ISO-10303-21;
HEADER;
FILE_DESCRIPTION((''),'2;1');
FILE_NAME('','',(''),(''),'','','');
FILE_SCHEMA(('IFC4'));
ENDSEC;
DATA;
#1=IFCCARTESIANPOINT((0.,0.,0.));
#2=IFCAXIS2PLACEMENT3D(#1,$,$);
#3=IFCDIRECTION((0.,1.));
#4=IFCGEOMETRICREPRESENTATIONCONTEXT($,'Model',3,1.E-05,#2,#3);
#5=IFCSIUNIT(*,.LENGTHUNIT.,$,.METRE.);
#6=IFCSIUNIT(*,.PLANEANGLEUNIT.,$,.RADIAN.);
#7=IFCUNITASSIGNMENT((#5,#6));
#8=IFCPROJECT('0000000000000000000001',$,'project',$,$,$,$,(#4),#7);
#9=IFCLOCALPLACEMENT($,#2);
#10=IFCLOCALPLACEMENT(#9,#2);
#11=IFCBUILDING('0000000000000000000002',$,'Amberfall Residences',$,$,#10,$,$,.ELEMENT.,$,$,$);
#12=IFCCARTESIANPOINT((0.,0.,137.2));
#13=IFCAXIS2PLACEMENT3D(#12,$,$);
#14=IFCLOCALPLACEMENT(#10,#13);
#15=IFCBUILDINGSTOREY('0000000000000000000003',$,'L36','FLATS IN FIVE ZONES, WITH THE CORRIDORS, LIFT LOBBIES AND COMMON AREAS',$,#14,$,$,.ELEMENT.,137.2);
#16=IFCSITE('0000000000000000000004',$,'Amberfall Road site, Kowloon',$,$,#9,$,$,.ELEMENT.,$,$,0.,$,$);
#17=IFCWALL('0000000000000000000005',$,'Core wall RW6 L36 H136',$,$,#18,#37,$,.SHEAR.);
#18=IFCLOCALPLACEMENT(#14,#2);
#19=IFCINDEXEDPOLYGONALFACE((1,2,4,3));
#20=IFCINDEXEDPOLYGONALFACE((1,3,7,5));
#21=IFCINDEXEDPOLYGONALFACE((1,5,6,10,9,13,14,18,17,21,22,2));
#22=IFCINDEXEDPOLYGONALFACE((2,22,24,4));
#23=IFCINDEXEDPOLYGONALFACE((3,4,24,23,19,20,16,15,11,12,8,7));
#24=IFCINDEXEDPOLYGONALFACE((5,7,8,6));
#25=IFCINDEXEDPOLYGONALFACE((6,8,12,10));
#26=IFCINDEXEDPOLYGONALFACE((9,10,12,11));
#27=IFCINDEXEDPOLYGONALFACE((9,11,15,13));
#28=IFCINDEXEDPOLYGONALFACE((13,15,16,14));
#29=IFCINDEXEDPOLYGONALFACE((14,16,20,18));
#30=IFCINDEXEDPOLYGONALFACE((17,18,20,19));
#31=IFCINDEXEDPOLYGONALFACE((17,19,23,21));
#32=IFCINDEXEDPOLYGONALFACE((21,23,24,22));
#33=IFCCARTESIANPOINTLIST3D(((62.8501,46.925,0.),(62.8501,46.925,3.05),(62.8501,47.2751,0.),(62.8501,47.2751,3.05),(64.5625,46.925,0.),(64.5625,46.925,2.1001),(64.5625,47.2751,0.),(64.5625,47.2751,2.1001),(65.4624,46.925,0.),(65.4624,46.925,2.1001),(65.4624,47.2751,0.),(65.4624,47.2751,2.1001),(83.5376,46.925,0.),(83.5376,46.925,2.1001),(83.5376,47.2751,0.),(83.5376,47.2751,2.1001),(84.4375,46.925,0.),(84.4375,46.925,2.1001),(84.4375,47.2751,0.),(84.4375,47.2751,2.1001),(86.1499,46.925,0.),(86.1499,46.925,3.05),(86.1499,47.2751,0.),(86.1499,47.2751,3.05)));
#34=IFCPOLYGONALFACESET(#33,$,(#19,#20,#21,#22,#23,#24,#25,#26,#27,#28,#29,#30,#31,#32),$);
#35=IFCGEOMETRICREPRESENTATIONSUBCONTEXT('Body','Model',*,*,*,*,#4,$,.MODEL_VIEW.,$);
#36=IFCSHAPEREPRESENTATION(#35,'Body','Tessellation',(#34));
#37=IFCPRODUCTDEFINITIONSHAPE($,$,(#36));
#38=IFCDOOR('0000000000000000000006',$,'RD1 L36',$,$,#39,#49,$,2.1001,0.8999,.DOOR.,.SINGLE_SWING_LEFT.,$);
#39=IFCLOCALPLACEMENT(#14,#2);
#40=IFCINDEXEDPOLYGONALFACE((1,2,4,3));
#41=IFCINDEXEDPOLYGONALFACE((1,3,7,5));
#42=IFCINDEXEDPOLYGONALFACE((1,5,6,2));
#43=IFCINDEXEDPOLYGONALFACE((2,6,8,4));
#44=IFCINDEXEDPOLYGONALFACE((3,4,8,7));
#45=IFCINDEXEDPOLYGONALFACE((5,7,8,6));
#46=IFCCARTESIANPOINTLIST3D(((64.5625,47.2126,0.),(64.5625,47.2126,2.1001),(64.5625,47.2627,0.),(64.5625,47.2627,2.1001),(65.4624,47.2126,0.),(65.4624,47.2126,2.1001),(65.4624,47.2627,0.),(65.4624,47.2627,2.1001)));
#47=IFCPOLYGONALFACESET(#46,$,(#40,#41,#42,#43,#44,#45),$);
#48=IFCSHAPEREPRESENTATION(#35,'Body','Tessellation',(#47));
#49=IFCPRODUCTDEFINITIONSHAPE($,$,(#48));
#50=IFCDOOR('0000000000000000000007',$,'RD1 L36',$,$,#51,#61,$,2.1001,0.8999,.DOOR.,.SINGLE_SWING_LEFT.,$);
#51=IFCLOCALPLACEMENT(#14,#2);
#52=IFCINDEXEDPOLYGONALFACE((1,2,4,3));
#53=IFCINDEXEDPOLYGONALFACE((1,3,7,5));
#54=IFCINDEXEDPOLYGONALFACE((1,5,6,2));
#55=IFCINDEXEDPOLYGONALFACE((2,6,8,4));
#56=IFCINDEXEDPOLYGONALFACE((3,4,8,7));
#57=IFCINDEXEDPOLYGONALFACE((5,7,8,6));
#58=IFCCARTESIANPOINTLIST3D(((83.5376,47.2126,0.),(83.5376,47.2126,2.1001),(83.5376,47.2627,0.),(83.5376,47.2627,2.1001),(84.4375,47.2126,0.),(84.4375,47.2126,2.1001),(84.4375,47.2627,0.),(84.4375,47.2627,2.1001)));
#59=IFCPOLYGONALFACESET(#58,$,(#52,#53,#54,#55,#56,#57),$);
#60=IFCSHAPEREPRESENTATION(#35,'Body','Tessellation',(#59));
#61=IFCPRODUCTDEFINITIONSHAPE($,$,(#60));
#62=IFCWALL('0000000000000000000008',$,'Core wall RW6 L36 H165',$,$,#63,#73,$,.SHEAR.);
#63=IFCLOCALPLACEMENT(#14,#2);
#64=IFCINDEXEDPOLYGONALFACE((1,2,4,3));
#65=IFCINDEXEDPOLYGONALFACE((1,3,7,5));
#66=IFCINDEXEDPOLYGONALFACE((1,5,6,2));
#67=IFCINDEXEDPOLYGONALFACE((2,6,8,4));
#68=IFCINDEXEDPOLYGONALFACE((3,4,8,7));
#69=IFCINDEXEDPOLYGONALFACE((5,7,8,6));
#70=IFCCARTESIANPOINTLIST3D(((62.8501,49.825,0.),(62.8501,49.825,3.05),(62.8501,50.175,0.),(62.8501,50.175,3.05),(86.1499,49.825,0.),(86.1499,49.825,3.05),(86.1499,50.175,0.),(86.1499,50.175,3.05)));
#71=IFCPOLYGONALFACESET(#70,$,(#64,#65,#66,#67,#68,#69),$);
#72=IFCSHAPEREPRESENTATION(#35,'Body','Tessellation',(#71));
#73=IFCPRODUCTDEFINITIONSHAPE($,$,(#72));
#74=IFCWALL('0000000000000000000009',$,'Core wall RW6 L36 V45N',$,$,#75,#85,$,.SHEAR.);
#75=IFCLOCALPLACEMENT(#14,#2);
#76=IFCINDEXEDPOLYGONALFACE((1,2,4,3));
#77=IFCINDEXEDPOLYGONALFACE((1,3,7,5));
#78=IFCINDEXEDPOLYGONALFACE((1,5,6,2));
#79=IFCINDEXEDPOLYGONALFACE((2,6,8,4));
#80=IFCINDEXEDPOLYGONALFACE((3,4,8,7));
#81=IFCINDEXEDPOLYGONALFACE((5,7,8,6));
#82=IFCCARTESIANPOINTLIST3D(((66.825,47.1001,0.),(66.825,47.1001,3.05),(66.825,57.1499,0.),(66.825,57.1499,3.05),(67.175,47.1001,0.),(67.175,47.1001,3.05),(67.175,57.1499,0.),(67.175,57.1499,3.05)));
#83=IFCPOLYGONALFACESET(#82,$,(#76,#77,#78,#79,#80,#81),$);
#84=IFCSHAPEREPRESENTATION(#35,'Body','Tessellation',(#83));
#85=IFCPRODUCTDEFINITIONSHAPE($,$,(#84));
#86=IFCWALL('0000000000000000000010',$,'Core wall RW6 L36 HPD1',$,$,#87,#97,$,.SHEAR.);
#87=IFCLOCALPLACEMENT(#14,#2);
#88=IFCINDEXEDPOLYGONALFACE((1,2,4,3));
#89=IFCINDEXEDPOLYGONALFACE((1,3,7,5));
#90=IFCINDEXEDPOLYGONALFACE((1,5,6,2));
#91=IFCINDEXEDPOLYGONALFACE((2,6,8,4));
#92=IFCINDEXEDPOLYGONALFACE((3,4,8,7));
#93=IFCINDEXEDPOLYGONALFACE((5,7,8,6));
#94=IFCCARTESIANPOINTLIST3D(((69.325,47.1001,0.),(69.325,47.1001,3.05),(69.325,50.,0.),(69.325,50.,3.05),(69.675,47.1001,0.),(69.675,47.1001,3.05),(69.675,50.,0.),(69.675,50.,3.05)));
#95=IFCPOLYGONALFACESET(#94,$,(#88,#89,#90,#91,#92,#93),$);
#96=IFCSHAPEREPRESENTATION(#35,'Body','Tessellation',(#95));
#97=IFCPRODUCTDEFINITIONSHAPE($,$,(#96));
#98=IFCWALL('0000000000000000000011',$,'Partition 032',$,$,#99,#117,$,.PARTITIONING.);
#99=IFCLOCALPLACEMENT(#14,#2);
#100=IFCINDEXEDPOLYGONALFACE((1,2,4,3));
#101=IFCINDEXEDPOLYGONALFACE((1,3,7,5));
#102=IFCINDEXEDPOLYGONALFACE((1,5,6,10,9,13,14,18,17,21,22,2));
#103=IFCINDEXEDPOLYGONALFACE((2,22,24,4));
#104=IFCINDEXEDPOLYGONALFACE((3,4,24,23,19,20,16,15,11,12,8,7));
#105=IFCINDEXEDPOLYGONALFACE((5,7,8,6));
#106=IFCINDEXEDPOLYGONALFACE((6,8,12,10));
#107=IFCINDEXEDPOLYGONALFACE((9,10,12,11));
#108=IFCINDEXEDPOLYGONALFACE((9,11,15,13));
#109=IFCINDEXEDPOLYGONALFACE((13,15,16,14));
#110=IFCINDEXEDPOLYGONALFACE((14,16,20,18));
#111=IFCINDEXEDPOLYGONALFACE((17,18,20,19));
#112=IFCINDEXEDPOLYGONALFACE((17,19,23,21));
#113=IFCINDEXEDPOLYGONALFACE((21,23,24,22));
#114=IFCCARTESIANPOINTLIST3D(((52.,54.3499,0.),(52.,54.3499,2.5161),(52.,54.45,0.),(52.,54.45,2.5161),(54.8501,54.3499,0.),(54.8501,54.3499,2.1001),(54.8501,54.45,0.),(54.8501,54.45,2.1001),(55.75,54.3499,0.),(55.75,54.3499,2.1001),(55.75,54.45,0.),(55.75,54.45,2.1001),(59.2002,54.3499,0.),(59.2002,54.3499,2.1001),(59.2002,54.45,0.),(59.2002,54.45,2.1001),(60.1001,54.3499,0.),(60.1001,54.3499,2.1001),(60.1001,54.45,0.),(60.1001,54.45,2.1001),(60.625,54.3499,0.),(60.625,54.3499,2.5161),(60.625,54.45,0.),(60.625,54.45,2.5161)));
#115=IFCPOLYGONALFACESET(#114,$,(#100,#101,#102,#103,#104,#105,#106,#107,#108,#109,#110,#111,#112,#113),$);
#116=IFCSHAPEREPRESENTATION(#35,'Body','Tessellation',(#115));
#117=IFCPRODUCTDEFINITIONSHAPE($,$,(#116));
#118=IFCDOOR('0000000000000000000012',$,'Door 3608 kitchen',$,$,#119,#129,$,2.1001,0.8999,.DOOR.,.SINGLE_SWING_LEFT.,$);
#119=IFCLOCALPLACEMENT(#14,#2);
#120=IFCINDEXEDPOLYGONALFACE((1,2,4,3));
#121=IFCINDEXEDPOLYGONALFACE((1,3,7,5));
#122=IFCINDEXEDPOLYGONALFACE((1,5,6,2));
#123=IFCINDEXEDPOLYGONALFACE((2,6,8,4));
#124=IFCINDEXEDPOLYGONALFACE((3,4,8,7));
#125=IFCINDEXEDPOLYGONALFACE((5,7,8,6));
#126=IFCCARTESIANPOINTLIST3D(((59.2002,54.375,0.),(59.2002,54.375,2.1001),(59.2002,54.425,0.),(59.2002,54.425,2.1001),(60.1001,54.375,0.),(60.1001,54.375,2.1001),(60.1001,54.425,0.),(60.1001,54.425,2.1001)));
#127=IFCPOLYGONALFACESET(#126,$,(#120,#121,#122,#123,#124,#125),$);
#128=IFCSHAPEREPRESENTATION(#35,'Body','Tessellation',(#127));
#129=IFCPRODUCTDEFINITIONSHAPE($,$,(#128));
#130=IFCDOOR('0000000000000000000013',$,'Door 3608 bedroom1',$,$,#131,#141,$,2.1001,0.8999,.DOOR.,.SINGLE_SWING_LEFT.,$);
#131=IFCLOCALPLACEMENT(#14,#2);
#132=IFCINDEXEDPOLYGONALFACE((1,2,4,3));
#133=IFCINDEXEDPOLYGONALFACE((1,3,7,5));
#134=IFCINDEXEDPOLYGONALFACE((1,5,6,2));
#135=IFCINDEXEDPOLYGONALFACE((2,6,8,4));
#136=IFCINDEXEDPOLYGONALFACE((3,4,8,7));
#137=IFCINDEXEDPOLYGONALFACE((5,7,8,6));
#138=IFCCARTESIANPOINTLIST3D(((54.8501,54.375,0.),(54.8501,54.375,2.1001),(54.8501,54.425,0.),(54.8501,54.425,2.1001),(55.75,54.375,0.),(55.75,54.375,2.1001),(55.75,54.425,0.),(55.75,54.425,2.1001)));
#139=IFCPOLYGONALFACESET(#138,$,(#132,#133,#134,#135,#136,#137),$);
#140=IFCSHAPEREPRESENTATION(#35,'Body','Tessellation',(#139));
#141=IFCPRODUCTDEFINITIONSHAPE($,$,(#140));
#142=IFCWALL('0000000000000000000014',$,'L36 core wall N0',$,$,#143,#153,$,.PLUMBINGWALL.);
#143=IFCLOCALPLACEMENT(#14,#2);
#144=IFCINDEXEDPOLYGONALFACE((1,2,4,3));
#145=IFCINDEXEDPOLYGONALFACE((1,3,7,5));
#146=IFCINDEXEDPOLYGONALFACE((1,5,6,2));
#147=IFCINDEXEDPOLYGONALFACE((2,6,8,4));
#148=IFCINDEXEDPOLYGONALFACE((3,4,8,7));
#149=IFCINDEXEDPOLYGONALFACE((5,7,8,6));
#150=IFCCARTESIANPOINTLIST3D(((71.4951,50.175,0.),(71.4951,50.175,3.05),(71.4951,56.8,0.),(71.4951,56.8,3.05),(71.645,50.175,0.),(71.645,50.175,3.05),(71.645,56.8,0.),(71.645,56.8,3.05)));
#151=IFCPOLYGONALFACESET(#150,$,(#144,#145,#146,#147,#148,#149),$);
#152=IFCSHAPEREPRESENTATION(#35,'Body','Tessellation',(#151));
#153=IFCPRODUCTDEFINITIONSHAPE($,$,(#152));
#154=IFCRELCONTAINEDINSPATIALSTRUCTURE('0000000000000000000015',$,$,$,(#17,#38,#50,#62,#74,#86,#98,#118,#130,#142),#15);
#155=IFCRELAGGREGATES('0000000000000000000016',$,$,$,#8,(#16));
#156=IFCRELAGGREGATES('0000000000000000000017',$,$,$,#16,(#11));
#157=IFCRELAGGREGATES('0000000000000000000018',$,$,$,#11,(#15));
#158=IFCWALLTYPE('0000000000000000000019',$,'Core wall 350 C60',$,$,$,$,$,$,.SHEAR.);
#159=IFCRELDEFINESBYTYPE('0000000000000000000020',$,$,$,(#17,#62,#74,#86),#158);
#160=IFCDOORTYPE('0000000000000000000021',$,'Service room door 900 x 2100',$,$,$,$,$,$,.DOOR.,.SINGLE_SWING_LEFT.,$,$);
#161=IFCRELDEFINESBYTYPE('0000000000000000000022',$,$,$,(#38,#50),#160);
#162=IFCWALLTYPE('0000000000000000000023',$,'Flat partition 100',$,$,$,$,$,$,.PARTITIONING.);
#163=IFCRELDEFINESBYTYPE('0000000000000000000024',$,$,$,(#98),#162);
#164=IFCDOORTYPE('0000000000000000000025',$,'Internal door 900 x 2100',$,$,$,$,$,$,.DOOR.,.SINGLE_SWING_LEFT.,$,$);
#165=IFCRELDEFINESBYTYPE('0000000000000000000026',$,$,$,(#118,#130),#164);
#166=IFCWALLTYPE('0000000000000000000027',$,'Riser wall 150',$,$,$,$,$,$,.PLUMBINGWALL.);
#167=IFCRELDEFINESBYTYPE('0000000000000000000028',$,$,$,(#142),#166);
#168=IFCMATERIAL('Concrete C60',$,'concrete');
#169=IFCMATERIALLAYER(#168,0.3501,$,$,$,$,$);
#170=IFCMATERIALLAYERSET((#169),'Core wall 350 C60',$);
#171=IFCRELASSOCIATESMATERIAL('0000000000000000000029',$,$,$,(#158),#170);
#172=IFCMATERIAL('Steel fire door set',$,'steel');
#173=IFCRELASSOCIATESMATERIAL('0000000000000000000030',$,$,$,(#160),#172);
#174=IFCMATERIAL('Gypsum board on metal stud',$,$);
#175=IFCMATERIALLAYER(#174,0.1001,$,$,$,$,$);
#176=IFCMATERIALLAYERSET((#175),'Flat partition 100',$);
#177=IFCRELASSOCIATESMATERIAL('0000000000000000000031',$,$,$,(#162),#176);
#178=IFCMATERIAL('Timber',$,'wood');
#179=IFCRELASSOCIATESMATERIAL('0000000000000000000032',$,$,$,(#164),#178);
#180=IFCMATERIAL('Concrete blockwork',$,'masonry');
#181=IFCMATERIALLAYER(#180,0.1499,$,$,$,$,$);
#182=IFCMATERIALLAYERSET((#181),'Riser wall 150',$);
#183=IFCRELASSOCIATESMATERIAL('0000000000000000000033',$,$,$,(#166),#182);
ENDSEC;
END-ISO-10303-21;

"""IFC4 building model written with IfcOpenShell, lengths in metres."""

from ifc_helpers import new_model, si_unit, direction, frame, frame_2d, origin, place, context, subcontext, project, spatial, rectangle, extrude, material, layer, layer_set, type_object, element, fill, save


model = new_model("IFC4")

# Units and contexts
model_context = context("Model", 3, precision=1e-05, world=origin(), true_north=direction((0.0, 1.0)))
body_context = subcontext(model_context, "Body", "Model", "MODEL_VIEW")
ifc_project = project(units=[si_unit("LENGTHUNIT", "METRE"), si_unit("PLANEANGLEUNIT", "RADIAN")], contexts=[model_context])

# Site, building, storey
site_placement = place(None, origin())
site = spatial("IfcSite", under=ifc_project, at=site_placement, Name="Amberfall Road site, Kowloon", CompositionType="ELEMENT", RefElevation=0.0)
building_placement = place(site_placement, origin())
building = spatial("IfcBuilding", under=site, at=building_placement, Name="Amberfall Residences", CompositionType="ELEMENT")
storey_placement = place(building_placement, frame((0.0, 0.0, 137.2)))
storey = spatial("IfcBuildingStorey", under=building, at=storey_placement, Name="L36", Description="FLATS IN FIVE ZONES, WITH THE CORRIDORS, LIFT LOBBIES AND COMMON AREAS", CompositionType="ELEMENT", Elevation=137.2)

# Wall, openings, doors
ifc_material_1 = material(Name="Concrete C60", Category="concrete")
ifc_layer_1 = layer(ifc_material_1, 0.3501)
ifc_layer_set_1 = layer_set([ifc_layer_1], Name="Core wall 350 C60")
wall_type_1 = type_object("IfcWallType", Name="Core wall 350 C60", PredefinedType="SHEAR", material=ifc_layer_set_1)
wall_1_placement = place(storey_placement, frame((62.8501, 47.1001, 0.0), z_axis=(0.0, 0.0, 1.0), x_axis=(1.0, 0.0, 0.0)))
wall_1 = element("IfcWall", 1, at=wall_1_placement, inside=storey, type_object=wall_type_1, Name="Core wall RW6 L36 H136", PredefinedType="SHEAR", context=body_context, shape_type="SweptSolid", body=[
    extrude(rectangle(XDim=23.2998, YDim=0.3501, at=frame_2d((11.6499, 0.0))), origin(), (0.0, 0.0, 1.0), 3.05),
])
opening_1_placement = place(wall_1_placement, frame((1.7124, 0.0, 0.0)))
opening_1 = element("IfcOpeningElement", 2, at=opening_1_placement, cuts=wall_1, PredefinedType="OPENING", context=body_context, shape_type="SweptSolid", body=[
    extrude(rectangle(XDim=0.8999, YDim=2.1001, at=frame_2d((0.45, 1.05))), frame((0.0, 0.1851, 0.0), z_axis=(0.0, -1.0, 0.0), x_axis=(1.0, 0.0, 0.0)), (0.0, 0.0, 1.0), 0.3701),
])
opening_2_placement = place(wall_1_placement, frame((20.6875, 0.0, 0.0)))
opening_2 = element("IfcOpeningElement", 3, at=opening_2_placement, cuts=wall_1, PredefinedType="OPENING", context=body_context, shape_type="SweptSolid", body=[
    extrude(rectangle(XDim=0.8999, YDim=2.1001, at=frame_2d((0.45, 1.05))), frame((0.0, 0.1851, 0.0), z_axis=(0.0, -1.0, 0.0), x_axis=(1.0, 0.0, 0.0)), (0.0, 0.0, 1.0), 0.3701),
])
ifc_material_2 = material(Name="Steel fire door set", Category="steel")
door_type_1 = type_object("IfcDoorType", Name="Service room door 900 x 2100", OperationType="SINGLE_SWING_LEFT", PredefinedType="DOOR", material=ifc_material_2)
door_1_placement = place(opening_1_placement, origin())
door_1 = element("IfcDoor", 4, at=door_1_placement, inside=storey, type_object=door_type_1, Name="RD1 L36", OperationType="SINGLE_SWING_LEFT", OverallHeight=2.1001, OverallWidth=0.8999, PredefinedType="DOOR", context=body_context, shape_type="SweptSolid", body=[
    extrude(rectangle(XDim=0.8999, YDim=2.1001, at=frame_2d((0.45, 1.05))), frame((0.0, 0.1626, 0.0), z_axis=(0.0, -1.0, 0.0), x_axis=(1.0, 0.0, 0.0)), (0.0, 0.0, 1.0), 0.05),
])
fill(opening_1, door_1)
door_2_placement = place(opening_2_placement, origin())
door_2 = element("IfcDoor", 5, at=door_2_placement, inside=storey, type_object=door_type_1, Name="RD1 L36", OperationType="SINGLE_SWING_LEFT", OverallHeight=2.1001, OverallWidth=0.8999, PredefinedType="DOOR", context=body_context, shape_type="SweptSolid", body=[
    extrude(rectangle(XDim=0.8999, YDim=2.1001, at=frame_2d((0.45, 1.05))), frame((0.0, 0.1626, 0.0), z_axis=(0.0, -1.0, 0.0), x_axis=(1.0, 0.0, 0.0)), (0.0, 0.0, 1.0), 0.05),
])
fill(opening_2, door_2)

# Walls
wall_2_placement = place(storey_placement, frame((62.8501, 50.0, 0.0), z_axis=(0.0, 0.0, 1.0), x_axis=(1.0, 0.0, 0.0)))
element("IfcWall", 6, at=wall_2_placement, inside=storey, type_object=wall_type_1, Name="Core wall RW6 L36 H165", PredefinedType="SHEAR", context=body_context, shape_type="SweptSolid", body=[
    extrude(rectangle(XDim=23.2998, YDim=0.3501, at=frame_2d((11.6499, 0.0))), origin(), (0.0, 0.0, 1.0), 3.05),
])
wall_3_placement = place(storey_placement, frame((67.0, 47.1001, 0.0), z_axis=(0.0, 0.0, 1.0), x_axis=(0.0, 1.0, 0.0)))
element("IfcWall", 7, at=wall_3_placement, inside=storey, type_object=wall_type_1, Name="Core wall RW6 L36 V45N", PredefinedType="SHEAR", context=body_context, shape_type="SweptSolid", body=[
    extrude(rectangle(XDim=10.0498, YDim=0.3501, at=frame_2d((5.0249, 0.0))), origin(), (0.0, 0.0, 1.0), 3.05),
])
wall_4_placement = place(storey_placement, frame((69.5, 47.1001, 0.0), z_axis=(0.0, 0.0, 1.0), x_axis=(0.0, 1.0, 0.0)))
element("IfcWall", 8, at=wall_4_placement, inside=storey, type_object=wall_type_1, Name="Core wall RW6 L36 HPD1", PredefinedType="SHEAR", context=body_context, shape_type="SweptSolid", body=[
    extrude(rectangle(XDim=2.8999, YDim=0.3501, at=frame_2d((1.45, 0.0))), origin(), (0.0, 0.0, 1.0), 3.05),
])

# Wall, openings, doors
ifc_material_3 = material(Name="Gypsum board on metal stud")
ifc_layer_2 = layer(ifc_material_3, 0.1001)
ifc_layer_set_2 = layer_set([ifc_layer_2], Name="Flat partition 100")
wall_type_2 = type_object("IfcWallType", Name="Flat partition 100", PredefinedType="PARTITIONING", material=ifc_layer_set_2)
wall_5_placement = place(storey_placement, frame((60.625, 54.3999, 0.0), z_axis=(0.0, 0.0, 1.0), x_axis=(-1.0, 0.0, 0.0)))
wall_5 = element("IfcWall", 9, at=wall_5_placement, inside=storey, type_object=wall_type_2, Name="Partition 032", PredefinedType="PARTITIONING", context=body_context, shape_type="SweptSolid", body=[
    extrude(rectangle(XDim=8.625, YDim=0.1001, at=frame_2d((4.3125, 0.0))), origin(), (0.0, 0.0, 1.0), 2.5161),
])
opening_3_placement = place(wall_5_placement, frame((0.5249, 0.0, 0.0)))
opening_3 = element("IfcOpeningElement", 10, at=opening_3_placement, cuts=wall_5, PredefinedType="OPENING", context=body_context, shape_type="SweptSolid", body=[
    extrude(rectangle(XDim=0.8999, YDim=2.1001, at=frame_2d((0.45, 1.05))), frame((0.0, 0.0601, 0.0), z_axis=(0.0, -1.0, 0.0), x_axis=(1.0, 0.0, 0.0)), (0.0, 0.0, 1.0), 0.1201),
])
opening_4_placement = place(wall_5_placement, frame((4.875, 0.0, 0.0)))
opening_4 = element("IfcOpeningElement", 11, at=opening_4_placement, cuts=wall_5, PredefinedType="OPENING", context=body_context, shape_type="SweptSolid", body=[
    extrude(rectangle(XDim=0.8999, YDim=2.1001, at=frame_2d((0.45, 1.05))), frame((0.0, 0.0601, 0.0), z_axis=(0.0, -1.0, 0.0), x_axis=(1.0, 0.0, 0.0)), (0.0, 0.0, 1.0), 0.1201),
])
ifc_material_4 = material(Name="Timber", Category="wood")
door_type_2 = type_object("IfcDoorType", Name="Internal door 900 x 2100", OperationType="SINGLE_SWING_LEFT", PredefinedType="DOOR", material=ifc_material_4)
door_3_placement = place(opening_3_placement, origin())
door_3 = element("IfcDoor", 12, at=door_3_placement, inside=storey, type_object=door_type_2, Name="Door 3608 kitchen", OperationType="SINGLE_SWING_LEFT", OverallHeight=2.1001, OverallWidth=0.8999, PredefinedType="DOOR", context=body_context, shape_type="SweptSolid", body=[
    extrude(rectangle(XDim=0.8999, YDim=2.1001, at=frame_2d((0.45, 1.05))), frame((0.0, 0.0249, 0.0), z_axis=(0.0, -1.0, 0.0), x_axis=(1.0, 0.0, 0.0)), (0.0, 0.0, 1.0), 0.05),
])
fill(opening_3, door_3)
door_4_placement = place(opening_4_placement, origin())
door_4 = element("IfcDoor", 13, at=door_4_placement, inside=storey, type_object=door_type_2, Name="Door 3608 bedroom1", OperationType="SINGLE_SWING_LEFT", OverallHeight=2.1001, OverallWidth=0.8999, PredefinedType="DOOR", context=body_context, shape_type="SweptSolid", body=[
    extrude(rectangle(XDim=0.8999, YDim=2.1001, at=frame_2d((0.45, 1.05))), frame((0.0, 0.0249, 0.0), z_axis=(0.0, -1.0, 0.0), x_axis=(1.0, 0.0, 0.0)), (0.0, 0.0, 1.0), 0.05),
])
fill(opening_4, door_4)

# Wall
ifc_material_5 = material(Name="Concrete blockwork", Category="masonry")
ifc_layer_3 = layer(ifc_material_5, 0.1499)
ifc_layer_set_3 = layer_set([ifc_layer_3], Name="Riser wall 150")
wall_type_3 = type_object("IfcWallType", Name="Riser wall 150", PredefinedType="PLUMBINGWALL", material=ifc_layer_set_3)
wall_6_placement = place(storey_placement, frame((71.5701, 50.175, 0.0), z_axis=(0.0, 0.0, 1.0), x_axis=(0.0, 1.0, 0.0)))
element("IfcWall", 14, at=wall_6_placement, inside=storey, type_object=wall_type_3, Name="L36 core wall N0", PredefinedType="PLUMBINGWALL", context=body_context, shape_type="SweptSolid", body=[
    extrude(rectangle(XDim=6.625, YDim=0.1499, at=frame_2d((3.3125, 0.0))), origin(), (0.0, 0.0, 1.0), 3.05),
])

save(model, "model.ifc")
